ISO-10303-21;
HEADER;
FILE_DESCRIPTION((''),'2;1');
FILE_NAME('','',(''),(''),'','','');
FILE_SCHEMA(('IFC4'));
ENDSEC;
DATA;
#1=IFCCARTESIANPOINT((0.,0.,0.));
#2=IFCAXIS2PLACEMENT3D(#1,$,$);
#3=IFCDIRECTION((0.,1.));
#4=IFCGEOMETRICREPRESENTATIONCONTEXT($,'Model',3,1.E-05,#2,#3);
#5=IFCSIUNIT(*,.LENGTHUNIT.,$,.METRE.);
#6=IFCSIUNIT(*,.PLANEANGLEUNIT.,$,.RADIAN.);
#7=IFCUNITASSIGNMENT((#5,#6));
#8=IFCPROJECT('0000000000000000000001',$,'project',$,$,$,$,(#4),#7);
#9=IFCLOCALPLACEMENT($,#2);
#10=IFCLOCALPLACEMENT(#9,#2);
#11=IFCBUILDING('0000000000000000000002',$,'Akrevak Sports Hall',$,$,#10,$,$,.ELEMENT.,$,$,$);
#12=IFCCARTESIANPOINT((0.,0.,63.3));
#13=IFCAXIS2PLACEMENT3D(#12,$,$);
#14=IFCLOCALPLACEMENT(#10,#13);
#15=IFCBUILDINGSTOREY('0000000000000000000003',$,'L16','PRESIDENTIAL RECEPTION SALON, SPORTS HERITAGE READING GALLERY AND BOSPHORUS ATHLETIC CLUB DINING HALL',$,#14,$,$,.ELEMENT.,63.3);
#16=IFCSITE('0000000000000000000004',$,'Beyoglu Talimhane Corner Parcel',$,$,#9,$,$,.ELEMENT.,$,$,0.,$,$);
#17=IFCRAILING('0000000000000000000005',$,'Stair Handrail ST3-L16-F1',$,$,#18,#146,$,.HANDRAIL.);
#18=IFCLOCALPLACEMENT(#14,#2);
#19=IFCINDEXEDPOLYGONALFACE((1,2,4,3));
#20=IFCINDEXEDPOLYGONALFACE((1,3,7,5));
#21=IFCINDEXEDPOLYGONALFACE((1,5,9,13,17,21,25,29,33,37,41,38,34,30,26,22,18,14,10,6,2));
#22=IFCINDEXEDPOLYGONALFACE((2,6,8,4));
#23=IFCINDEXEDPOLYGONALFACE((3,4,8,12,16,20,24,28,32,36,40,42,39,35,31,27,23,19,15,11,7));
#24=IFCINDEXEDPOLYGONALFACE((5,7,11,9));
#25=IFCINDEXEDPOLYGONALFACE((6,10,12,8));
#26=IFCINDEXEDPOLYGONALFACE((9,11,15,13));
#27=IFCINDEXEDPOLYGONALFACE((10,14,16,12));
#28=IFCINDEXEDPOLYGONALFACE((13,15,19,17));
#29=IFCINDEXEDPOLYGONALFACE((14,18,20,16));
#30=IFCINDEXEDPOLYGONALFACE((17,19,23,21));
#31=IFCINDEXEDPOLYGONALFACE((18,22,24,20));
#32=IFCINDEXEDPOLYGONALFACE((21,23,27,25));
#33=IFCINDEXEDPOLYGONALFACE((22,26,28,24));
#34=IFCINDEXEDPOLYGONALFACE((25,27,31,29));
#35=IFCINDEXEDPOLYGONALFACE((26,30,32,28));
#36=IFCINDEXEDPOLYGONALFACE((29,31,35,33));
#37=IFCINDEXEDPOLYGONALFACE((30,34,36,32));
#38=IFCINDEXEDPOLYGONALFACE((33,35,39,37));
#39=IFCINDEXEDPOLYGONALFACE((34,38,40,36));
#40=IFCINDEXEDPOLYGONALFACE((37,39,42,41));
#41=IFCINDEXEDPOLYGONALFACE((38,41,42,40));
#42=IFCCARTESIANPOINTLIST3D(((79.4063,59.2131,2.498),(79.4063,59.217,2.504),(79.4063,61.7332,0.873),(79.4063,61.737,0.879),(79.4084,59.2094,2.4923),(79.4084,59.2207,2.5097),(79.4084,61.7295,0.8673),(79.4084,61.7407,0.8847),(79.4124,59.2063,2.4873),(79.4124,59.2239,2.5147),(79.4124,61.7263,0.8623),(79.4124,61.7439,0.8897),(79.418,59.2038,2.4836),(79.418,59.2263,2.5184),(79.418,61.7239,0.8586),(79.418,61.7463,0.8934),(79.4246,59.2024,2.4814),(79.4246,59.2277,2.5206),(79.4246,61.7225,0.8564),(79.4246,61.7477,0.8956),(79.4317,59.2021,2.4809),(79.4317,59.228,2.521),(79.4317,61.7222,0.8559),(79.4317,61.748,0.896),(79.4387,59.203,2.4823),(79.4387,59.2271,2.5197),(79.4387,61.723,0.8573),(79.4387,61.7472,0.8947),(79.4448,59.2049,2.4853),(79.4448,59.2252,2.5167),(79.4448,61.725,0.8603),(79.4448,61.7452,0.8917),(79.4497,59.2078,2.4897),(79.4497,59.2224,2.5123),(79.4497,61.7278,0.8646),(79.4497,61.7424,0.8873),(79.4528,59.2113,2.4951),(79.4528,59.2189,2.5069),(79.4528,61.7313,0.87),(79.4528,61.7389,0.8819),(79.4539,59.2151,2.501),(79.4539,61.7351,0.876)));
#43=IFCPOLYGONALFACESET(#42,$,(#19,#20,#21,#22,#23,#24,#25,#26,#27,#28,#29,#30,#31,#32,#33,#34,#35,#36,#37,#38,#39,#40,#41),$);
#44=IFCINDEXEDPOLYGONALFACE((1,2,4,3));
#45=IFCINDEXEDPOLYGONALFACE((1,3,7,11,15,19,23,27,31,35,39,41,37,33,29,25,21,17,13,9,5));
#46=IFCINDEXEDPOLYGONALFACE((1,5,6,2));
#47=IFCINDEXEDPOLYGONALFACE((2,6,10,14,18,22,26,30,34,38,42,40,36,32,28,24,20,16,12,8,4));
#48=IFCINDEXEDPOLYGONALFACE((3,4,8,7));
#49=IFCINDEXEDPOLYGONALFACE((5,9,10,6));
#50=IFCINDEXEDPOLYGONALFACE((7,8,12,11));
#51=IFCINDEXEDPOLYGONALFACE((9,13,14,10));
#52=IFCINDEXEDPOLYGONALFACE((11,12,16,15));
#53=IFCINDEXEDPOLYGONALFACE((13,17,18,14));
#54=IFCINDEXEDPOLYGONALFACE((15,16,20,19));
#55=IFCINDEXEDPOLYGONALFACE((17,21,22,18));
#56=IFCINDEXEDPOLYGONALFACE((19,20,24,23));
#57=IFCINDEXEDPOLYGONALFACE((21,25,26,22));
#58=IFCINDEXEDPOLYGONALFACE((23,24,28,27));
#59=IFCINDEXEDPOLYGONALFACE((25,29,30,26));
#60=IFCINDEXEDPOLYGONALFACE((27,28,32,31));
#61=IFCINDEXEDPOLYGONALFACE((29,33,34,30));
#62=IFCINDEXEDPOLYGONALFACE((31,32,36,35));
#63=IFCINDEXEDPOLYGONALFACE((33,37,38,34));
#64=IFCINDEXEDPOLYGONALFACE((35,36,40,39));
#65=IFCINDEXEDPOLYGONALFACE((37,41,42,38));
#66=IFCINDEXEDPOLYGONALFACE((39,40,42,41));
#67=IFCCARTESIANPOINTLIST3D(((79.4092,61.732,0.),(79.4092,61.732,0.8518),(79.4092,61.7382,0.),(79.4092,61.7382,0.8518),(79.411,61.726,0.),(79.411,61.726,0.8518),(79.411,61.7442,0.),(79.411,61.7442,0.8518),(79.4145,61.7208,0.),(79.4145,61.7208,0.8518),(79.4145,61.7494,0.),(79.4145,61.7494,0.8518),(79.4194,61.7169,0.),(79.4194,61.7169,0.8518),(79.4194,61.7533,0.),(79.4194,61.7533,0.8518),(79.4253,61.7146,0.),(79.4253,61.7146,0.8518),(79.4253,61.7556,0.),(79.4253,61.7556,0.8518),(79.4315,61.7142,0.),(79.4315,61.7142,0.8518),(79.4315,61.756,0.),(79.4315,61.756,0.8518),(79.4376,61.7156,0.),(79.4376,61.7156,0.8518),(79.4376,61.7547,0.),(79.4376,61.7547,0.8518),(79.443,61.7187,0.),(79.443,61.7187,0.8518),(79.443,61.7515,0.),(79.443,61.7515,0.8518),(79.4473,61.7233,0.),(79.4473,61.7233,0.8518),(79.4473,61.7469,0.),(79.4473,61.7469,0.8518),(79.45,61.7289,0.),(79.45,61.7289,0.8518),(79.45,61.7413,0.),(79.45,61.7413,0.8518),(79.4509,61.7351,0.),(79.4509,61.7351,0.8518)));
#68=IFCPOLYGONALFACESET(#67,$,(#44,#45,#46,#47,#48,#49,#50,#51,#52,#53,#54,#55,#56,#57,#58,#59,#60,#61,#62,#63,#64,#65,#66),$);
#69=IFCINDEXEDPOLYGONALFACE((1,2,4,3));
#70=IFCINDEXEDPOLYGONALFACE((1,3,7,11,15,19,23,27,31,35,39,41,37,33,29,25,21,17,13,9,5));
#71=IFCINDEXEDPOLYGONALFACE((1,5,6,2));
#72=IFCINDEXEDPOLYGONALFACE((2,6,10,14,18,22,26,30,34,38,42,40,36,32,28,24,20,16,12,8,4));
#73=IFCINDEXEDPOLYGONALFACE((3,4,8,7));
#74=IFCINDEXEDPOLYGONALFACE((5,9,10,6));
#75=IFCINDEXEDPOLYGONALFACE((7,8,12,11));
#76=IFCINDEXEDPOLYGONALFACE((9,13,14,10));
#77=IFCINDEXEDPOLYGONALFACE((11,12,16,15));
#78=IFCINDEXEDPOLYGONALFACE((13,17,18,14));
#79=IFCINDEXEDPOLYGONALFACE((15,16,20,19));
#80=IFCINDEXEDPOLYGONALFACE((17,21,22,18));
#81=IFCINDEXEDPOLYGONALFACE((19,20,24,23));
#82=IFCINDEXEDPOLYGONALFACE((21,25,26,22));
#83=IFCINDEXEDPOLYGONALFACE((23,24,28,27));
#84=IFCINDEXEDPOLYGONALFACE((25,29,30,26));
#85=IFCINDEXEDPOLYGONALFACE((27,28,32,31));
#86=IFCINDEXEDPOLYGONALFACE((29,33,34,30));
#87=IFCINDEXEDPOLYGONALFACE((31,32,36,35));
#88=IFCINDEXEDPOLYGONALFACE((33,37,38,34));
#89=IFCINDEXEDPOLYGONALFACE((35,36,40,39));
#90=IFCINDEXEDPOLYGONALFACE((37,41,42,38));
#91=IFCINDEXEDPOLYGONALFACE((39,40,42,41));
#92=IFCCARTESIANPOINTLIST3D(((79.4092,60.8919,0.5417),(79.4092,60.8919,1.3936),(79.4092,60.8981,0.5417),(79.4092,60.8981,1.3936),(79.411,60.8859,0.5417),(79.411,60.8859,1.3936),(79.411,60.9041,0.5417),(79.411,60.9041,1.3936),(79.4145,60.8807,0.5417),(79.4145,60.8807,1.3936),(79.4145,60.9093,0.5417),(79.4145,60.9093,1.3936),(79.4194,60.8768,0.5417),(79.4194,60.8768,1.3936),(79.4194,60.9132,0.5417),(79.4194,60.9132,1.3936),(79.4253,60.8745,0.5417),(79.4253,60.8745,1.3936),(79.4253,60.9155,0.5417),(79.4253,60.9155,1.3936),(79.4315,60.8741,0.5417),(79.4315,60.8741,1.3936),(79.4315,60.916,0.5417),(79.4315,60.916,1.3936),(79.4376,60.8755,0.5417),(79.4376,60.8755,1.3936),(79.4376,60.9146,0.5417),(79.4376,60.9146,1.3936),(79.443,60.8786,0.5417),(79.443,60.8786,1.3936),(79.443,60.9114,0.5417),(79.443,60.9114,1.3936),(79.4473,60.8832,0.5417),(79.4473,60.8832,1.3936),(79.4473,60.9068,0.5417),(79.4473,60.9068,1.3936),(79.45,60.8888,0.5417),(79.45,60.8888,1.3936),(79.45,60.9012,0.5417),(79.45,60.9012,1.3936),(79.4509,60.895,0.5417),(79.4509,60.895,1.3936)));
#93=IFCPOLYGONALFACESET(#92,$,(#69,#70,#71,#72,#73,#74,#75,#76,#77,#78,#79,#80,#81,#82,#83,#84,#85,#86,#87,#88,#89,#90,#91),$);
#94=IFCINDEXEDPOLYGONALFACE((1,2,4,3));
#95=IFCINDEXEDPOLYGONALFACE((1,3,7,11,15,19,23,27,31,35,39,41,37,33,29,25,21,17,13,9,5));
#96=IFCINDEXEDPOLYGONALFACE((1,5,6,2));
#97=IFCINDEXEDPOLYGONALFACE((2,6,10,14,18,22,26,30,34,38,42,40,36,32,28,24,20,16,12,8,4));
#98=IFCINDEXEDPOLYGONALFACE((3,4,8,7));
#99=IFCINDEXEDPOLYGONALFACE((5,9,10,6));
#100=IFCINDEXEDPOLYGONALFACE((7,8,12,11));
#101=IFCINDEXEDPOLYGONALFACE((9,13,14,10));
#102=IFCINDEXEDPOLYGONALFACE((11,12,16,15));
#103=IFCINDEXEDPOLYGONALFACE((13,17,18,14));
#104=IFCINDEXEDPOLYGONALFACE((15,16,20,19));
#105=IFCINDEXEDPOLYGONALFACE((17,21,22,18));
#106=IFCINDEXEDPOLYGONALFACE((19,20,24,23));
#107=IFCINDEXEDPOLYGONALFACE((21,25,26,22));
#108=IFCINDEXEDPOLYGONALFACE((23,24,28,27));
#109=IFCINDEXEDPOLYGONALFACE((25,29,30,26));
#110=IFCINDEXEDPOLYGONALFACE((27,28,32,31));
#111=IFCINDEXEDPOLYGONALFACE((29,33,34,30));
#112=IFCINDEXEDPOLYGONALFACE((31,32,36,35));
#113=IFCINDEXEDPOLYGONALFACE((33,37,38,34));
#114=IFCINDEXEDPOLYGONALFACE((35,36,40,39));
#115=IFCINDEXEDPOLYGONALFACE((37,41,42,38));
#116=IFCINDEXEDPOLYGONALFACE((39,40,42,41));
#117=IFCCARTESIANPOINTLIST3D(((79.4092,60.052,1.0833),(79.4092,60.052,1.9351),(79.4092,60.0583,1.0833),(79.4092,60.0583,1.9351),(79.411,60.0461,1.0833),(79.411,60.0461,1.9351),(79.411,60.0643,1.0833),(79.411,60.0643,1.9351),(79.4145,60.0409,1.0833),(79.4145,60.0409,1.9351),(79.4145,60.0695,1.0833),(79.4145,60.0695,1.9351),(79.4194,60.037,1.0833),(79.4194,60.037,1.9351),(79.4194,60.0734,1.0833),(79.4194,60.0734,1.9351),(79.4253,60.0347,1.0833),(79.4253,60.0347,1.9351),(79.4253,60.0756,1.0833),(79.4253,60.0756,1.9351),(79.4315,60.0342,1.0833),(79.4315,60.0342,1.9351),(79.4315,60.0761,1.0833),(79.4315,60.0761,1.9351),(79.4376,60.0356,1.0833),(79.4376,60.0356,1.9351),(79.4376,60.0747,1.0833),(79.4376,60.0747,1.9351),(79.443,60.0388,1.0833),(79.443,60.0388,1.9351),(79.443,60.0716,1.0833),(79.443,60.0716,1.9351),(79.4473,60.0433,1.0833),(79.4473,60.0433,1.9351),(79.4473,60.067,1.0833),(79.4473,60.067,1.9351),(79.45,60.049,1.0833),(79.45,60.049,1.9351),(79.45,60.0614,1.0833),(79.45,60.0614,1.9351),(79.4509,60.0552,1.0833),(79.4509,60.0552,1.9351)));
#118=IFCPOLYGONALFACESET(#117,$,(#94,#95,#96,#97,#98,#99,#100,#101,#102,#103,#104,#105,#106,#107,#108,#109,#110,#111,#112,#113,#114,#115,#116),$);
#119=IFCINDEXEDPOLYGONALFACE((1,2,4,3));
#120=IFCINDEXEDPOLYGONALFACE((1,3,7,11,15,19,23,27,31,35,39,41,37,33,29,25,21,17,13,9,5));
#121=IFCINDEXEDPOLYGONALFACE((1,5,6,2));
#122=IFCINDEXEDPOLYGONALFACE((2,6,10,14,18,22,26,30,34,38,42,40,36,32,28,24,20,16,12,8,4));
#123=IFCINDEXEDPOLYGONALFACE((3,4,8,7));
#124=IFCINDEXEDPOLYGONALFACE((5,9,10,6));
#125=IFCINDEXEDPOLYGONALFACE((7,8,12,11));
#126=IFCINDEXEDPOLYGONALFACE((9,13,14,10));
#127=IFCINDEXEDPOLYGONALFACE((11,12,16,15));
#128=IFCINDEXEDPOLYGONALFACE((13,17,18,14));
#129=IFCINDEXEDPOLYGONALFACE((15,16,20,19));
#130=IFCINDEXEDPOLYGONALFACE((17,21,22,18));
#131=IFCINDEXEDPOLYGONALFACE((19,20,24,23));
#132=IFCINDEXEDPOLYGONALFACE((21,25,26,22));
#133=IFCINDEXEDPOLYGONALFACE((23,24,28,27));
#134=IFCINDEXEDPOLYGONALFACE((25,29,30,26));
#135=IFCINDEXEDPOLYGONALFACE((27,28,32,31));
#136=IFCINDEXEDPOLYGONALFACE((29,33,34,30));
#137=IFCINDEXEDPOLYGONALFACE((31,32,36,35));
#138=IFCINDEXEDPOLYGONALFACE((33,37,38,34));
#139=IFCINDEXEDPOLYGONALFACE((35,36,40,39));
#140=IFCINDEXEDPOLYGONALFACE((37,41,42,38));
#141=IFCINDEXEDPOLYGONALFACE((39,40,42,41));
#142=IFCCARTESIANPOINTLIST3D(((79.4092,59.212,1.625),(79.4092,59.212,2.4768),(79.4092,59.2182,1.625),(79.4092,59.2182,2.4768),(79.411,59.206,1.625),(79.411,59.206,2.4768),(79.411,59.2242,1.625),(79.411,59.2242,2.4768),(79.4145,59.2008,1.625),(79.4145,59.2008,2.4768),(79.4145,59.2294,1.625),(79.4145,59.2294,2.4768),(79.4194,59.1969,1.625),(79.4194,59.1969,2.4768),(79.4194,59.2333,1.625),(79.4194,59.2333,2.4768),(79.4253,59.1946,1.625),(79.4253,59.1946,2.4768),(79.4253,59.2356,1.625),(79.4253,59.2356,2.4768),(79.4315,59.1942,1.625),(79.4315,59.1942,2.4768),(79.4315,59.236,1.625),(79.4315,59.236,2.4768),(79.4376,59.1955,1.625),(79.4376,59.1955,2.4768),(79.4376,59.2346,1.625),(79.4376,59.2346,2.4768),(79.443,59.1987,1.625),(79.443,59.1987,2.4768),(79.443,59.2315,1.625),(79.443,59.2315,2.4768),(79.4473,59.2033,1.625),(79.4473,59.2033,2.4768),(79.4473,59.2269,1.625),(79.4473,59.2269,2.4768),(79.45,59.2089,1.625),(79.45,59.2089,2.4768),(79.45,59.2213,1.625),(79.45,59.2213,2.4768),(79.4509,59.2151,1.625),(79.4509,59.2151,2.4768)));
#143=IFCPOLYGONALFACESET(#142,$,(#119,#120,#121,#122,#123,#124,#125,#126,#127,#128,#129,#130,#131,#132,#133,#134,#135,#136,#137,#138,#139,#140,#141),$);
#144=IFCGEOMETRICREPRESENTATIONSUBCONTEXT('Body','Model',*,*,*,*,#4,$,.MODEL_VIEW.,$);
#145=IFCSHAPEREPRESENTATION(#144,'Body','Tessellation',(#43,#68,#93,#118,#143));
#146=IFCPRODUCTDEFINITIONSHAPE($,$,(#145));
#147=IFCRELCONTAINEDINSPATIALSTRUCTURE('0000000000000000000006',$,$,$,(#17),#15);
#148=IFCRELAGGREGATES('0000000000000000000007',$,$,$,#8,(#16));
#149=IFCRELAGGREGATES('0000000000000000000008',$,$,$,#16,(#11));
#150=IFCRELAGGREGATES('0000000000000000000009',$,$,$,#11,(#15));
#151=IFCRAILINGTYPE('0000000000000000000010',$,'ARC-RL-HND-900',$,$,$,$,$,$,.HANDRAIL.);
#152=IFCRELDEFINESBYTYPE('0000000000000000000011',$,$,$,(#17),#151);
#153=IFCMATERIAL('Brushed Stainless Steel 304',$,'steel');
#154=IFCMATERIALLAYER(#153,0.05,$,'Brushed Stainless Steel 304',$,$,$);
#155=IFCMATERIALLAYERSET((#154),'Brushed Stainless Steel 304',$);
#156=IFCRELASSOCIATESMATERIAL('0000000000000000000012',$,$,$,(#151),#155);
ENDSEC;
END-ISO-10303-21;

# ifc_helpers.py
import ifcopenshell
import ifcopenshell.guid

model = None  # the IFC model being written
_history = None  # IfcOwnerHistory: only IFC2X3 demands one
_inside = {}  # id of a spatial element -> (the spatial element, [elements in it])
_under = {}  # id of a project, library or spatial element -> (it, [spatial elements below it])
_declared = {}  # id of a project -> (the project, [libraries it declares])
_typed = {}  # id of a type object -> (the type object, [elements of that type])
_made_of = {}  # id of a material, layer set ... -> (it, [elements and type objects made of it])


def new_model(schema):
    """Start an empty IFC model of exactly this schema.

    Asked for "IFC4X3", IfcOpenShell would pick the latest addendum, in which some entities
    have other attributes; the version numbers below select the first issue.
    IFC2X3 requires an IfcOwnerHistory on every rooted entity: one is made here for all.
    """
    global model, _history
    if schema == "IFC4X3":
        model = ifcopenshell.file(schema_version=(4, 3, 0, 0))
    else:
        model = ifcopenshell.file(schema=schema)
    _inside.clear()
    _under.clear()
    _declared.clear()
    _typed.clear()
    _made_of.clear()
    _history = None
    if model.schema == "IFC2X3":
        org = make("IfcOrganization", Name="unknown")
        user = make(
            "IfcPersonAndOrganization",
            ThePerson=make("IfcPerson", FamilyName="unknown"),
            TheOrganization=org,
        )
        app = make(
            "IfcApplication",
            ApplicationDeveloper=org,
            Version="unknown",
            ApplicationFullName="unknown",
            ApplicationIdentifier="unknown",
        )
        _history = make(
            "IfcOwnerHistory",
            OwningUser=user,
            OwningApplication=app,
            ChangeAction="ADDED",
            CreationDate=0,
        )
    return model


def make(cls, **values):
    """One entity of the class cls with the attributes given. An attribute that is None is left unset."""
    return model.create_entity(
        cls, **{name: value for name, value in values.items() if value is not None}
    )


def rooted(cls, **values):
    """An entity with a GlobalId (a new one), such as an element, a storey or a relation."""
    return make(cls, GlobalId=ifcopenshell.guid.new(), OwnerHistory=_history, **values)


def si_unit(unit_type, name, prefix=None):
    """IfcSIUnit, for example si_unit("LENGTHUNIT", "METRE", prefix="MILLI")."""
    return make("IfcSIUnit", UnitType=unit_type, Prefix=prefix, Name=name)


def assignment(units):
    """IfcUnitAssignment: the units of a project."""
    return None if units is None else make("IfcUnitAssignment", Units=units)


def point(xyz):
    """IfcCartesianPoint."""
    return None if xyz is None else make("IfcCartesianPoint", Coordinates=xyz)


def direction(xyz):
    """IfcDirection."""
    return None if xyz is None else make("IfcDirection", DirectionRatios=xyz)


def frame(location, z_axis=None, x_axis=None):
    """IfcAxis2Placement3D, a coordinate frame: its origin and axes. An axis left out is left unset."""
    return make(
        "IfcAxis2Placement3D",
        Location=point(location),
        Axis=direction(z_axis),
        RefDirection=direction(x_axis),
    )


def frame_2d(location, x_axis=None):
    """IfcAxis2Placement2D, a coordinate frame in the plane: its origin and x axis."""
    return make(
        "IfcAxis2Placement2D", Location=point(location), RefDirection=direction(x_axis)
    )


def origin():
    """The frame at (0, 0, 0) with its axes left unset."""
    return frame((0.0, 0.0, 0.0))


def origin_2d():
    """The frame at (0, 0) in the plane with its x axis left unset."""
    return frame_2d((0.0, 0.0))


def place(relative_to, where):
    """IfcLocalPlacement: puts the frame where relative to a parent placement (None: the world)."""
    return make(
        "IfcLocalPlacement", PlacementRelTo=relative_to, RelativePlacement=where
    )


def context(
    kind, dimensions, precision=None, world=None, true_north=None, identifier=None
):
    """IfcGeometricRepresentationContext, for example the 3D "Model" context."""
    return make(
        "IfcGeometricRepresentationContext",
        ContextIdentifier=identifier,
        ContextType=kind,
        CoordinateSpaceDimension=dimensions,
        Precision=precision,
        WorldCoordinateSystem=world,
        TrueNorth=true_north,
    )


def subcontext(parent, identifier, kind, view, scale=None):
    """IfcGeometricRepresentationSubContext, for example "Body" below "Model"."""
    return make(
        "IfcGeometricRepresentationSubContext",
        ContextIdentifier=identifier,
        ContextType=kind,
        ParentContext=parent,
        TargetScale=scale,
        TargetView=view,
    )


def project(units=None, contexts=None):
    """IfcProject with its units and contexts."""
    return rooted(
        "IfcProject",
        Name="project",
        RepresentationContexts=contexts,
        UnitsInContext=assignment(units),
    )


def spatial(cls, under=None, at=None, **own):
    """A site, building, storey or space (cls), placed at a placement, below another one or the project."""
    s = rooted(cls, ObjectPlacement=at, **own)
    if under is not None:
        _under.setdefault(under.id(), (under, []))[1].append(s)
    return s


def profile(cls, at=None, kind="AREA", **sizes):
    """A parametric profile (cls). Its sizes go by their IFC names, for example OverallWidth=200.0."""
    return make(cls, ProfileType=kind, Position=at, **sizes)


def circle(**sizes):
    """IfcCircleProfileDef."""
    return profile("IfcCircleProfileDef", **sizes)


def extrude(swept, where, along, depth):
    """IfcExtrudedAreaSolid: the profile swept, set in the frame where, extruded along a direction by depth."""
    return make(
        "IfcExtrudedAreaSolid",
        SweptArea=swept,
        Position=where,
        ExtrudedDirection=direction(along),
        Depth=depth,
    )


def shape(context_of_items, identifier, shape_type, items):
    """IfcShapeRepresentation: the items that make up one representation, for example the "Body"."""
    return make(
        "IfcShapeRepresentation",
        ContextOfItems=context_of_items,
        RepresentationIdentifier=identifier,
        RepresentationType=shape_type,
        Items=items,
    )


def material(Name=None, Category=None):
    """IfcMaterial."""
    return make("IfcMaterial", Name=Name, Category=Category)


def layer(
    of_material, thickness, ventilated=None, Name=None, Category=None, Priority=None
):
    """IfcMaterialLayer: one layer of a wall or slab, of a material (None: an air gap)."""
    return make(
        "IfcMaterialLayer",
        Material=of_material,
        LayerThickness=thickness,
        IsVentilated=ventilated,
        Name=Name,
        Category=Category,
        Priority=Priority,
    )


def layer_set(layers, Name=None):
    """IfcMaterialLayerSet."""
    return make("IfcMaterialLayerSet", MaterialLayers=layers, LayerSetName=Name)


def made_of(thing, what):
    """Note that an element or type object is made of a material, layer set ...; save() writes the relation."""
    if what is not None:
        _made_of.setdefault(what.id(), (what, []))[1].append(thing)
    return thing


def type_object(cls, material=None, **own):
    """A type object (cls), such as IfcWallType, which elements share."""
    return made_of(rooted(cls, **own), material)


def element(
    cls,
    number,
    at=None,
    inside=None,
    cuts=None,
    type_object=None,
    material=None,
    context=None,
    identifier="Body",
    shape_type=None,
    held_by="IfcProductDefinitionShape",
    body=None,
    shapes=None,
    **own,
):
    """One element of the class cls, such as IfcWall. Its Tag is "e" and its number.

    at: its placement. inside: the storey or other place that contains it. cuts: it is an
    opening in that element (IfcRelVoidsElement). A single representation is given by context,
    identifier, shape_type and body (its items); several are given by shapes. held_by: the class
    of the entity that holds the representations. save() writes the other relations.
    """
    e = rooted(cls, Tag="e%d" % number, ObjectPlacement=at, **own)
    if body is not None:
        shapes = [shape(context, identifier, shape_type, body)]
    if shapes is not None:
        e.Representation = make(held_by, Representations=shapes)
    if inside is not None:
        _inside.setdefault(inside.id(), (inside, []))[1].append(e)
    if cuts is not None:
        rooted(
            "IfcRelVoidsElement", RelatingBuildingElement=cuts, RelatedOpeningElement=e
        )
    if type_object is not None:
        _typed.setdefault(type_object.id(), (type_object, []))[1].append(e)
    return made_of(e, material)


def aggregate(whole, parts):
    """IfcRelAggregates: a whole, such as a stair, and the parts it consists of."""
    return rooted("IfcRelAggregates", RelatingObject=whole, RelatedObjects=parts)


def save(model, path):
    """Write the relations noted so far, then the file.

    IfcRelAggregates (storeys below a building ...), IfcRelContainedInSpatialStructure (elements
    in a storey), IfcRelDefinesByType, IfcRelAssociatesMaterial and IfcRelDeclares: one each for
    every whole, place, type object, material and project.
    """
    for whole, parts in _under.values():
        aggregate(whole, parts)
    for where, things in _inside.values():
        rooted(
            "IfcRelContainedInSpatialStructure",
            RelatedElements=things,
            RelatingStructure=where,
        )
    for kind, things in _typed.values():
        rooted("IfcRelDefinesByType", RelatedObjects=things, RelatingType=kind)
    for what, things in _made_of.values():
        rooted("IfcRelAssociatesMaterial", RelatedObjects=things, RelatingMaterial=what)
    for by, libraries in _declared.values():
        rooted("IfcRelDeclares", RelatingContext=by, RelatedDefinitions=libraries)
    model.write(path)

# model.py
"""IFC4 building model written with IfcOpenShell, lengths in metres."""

from ifc_helpers import new_model, si_unit, direction, frame, origin, origin_2d, place, context, subcontext, project, spatial, circle, extrude, material, layer, layer_set, type_object, element, save


model = new_model("IFC4")

# Units and contexts
model_context = context("Model", 3, precision=1e-05, world=origin(), true_north=direction((0.0, 1.0)))
body_context = subcontext(model_context, "Body", "Model", "MODEL_VIEW")
ifc_project = project(units=[si_unit("LENGTHUNIT", "METRE"), si_unit("PLANEANGLEUNIT", "RADIAN")], contexts=[model_context])

# Site, building, storey
site_placement = place(None, origin())
site = spatial("IfcSite", under=ifc_project, at=site_placement, Name="Beyoglu Talimhane Corner Parcel", CompositionType="ELEMENT", RefElevation=0.0)
building_placement = place(site_placement, origin())
building = spatial("IfcBuilding", under=site, at=building_placement, Name="Akrevak Sports Hall", CompositionType="ELEMENT")
storey_placement = place(building_placement, frame((0.0, 0.0, 63.3)))
storey = spatial("IfcBuildingStorey", under=building, at=storey_placement, Name="L16", Description="PRESIDENTIAL RECEPTION SALON, SPORTS HERITAGE READING GALLERY AND BOSPHORUS ATHLETIC CLUB DINING HALL", CompositionType="ELEMENT", Elevation=63.3)

# Railing
ifc_material_1 = material(Name="Brushed Stainless Steel 304", Category="steel")
ifc_layer_1 = layer(ifc_material_1, 0.05, Name="Brushed Stainless Steel 304")
ifc_layer_set_1 = layer_set([ifc_layer_1], Name="Brushed Stainless Steel 304")
railing_type_1 = type_object("IfcRailingType", Name="ARC-RL-HND-900", PredefinedType="HANDRAIL", material=ifc_layer_set_1)
railing_1_placement = place(storey_placement, frame((79.4299, 61.7351, 0.0)))
element("IfcRailing", 1, at=railing_1_placement, inside=storey, type_object=railing_type_1, Name="Stair Handrail ST3-L16-F1", PredefinedType="HANDRAIL", context=body_context, shape_type="SweptSolid", body=[
    extrude(circle(Radius=0.0239, at=origin_2d()), frame((0.0, 0.0, 0.876), z_axis=(0.0, -0.840421, 0.541934), x_axis=(1.0, 0.0, 0.0)), (0.0, 0.0, 1.0), 2.9985),
    extrude(circle(Radius=0.021, at=origin_2d()), origin(), (0.0, 0.0, 1.0), 0.8518),
    extrude(circle(Radius=0.021, at=origin_2d()), frame((0.0, -0.8401, 0.5417)), (0.0, 0.0, 1.0), 0.8518),
    extrude(circle(Radius=0.021, at=origin_2d()), frame((0.0, -1.6799, 1.0833)), (0.0, 0.0, 1.0), 0.8518),
    extrude(circle(Radius=0.021, at=origin_2d()), frame((0.0, -2.52, 1.625)), (0.0, 0.0, 1.0), 0.8518),
])

save(model, "model.ifc")
